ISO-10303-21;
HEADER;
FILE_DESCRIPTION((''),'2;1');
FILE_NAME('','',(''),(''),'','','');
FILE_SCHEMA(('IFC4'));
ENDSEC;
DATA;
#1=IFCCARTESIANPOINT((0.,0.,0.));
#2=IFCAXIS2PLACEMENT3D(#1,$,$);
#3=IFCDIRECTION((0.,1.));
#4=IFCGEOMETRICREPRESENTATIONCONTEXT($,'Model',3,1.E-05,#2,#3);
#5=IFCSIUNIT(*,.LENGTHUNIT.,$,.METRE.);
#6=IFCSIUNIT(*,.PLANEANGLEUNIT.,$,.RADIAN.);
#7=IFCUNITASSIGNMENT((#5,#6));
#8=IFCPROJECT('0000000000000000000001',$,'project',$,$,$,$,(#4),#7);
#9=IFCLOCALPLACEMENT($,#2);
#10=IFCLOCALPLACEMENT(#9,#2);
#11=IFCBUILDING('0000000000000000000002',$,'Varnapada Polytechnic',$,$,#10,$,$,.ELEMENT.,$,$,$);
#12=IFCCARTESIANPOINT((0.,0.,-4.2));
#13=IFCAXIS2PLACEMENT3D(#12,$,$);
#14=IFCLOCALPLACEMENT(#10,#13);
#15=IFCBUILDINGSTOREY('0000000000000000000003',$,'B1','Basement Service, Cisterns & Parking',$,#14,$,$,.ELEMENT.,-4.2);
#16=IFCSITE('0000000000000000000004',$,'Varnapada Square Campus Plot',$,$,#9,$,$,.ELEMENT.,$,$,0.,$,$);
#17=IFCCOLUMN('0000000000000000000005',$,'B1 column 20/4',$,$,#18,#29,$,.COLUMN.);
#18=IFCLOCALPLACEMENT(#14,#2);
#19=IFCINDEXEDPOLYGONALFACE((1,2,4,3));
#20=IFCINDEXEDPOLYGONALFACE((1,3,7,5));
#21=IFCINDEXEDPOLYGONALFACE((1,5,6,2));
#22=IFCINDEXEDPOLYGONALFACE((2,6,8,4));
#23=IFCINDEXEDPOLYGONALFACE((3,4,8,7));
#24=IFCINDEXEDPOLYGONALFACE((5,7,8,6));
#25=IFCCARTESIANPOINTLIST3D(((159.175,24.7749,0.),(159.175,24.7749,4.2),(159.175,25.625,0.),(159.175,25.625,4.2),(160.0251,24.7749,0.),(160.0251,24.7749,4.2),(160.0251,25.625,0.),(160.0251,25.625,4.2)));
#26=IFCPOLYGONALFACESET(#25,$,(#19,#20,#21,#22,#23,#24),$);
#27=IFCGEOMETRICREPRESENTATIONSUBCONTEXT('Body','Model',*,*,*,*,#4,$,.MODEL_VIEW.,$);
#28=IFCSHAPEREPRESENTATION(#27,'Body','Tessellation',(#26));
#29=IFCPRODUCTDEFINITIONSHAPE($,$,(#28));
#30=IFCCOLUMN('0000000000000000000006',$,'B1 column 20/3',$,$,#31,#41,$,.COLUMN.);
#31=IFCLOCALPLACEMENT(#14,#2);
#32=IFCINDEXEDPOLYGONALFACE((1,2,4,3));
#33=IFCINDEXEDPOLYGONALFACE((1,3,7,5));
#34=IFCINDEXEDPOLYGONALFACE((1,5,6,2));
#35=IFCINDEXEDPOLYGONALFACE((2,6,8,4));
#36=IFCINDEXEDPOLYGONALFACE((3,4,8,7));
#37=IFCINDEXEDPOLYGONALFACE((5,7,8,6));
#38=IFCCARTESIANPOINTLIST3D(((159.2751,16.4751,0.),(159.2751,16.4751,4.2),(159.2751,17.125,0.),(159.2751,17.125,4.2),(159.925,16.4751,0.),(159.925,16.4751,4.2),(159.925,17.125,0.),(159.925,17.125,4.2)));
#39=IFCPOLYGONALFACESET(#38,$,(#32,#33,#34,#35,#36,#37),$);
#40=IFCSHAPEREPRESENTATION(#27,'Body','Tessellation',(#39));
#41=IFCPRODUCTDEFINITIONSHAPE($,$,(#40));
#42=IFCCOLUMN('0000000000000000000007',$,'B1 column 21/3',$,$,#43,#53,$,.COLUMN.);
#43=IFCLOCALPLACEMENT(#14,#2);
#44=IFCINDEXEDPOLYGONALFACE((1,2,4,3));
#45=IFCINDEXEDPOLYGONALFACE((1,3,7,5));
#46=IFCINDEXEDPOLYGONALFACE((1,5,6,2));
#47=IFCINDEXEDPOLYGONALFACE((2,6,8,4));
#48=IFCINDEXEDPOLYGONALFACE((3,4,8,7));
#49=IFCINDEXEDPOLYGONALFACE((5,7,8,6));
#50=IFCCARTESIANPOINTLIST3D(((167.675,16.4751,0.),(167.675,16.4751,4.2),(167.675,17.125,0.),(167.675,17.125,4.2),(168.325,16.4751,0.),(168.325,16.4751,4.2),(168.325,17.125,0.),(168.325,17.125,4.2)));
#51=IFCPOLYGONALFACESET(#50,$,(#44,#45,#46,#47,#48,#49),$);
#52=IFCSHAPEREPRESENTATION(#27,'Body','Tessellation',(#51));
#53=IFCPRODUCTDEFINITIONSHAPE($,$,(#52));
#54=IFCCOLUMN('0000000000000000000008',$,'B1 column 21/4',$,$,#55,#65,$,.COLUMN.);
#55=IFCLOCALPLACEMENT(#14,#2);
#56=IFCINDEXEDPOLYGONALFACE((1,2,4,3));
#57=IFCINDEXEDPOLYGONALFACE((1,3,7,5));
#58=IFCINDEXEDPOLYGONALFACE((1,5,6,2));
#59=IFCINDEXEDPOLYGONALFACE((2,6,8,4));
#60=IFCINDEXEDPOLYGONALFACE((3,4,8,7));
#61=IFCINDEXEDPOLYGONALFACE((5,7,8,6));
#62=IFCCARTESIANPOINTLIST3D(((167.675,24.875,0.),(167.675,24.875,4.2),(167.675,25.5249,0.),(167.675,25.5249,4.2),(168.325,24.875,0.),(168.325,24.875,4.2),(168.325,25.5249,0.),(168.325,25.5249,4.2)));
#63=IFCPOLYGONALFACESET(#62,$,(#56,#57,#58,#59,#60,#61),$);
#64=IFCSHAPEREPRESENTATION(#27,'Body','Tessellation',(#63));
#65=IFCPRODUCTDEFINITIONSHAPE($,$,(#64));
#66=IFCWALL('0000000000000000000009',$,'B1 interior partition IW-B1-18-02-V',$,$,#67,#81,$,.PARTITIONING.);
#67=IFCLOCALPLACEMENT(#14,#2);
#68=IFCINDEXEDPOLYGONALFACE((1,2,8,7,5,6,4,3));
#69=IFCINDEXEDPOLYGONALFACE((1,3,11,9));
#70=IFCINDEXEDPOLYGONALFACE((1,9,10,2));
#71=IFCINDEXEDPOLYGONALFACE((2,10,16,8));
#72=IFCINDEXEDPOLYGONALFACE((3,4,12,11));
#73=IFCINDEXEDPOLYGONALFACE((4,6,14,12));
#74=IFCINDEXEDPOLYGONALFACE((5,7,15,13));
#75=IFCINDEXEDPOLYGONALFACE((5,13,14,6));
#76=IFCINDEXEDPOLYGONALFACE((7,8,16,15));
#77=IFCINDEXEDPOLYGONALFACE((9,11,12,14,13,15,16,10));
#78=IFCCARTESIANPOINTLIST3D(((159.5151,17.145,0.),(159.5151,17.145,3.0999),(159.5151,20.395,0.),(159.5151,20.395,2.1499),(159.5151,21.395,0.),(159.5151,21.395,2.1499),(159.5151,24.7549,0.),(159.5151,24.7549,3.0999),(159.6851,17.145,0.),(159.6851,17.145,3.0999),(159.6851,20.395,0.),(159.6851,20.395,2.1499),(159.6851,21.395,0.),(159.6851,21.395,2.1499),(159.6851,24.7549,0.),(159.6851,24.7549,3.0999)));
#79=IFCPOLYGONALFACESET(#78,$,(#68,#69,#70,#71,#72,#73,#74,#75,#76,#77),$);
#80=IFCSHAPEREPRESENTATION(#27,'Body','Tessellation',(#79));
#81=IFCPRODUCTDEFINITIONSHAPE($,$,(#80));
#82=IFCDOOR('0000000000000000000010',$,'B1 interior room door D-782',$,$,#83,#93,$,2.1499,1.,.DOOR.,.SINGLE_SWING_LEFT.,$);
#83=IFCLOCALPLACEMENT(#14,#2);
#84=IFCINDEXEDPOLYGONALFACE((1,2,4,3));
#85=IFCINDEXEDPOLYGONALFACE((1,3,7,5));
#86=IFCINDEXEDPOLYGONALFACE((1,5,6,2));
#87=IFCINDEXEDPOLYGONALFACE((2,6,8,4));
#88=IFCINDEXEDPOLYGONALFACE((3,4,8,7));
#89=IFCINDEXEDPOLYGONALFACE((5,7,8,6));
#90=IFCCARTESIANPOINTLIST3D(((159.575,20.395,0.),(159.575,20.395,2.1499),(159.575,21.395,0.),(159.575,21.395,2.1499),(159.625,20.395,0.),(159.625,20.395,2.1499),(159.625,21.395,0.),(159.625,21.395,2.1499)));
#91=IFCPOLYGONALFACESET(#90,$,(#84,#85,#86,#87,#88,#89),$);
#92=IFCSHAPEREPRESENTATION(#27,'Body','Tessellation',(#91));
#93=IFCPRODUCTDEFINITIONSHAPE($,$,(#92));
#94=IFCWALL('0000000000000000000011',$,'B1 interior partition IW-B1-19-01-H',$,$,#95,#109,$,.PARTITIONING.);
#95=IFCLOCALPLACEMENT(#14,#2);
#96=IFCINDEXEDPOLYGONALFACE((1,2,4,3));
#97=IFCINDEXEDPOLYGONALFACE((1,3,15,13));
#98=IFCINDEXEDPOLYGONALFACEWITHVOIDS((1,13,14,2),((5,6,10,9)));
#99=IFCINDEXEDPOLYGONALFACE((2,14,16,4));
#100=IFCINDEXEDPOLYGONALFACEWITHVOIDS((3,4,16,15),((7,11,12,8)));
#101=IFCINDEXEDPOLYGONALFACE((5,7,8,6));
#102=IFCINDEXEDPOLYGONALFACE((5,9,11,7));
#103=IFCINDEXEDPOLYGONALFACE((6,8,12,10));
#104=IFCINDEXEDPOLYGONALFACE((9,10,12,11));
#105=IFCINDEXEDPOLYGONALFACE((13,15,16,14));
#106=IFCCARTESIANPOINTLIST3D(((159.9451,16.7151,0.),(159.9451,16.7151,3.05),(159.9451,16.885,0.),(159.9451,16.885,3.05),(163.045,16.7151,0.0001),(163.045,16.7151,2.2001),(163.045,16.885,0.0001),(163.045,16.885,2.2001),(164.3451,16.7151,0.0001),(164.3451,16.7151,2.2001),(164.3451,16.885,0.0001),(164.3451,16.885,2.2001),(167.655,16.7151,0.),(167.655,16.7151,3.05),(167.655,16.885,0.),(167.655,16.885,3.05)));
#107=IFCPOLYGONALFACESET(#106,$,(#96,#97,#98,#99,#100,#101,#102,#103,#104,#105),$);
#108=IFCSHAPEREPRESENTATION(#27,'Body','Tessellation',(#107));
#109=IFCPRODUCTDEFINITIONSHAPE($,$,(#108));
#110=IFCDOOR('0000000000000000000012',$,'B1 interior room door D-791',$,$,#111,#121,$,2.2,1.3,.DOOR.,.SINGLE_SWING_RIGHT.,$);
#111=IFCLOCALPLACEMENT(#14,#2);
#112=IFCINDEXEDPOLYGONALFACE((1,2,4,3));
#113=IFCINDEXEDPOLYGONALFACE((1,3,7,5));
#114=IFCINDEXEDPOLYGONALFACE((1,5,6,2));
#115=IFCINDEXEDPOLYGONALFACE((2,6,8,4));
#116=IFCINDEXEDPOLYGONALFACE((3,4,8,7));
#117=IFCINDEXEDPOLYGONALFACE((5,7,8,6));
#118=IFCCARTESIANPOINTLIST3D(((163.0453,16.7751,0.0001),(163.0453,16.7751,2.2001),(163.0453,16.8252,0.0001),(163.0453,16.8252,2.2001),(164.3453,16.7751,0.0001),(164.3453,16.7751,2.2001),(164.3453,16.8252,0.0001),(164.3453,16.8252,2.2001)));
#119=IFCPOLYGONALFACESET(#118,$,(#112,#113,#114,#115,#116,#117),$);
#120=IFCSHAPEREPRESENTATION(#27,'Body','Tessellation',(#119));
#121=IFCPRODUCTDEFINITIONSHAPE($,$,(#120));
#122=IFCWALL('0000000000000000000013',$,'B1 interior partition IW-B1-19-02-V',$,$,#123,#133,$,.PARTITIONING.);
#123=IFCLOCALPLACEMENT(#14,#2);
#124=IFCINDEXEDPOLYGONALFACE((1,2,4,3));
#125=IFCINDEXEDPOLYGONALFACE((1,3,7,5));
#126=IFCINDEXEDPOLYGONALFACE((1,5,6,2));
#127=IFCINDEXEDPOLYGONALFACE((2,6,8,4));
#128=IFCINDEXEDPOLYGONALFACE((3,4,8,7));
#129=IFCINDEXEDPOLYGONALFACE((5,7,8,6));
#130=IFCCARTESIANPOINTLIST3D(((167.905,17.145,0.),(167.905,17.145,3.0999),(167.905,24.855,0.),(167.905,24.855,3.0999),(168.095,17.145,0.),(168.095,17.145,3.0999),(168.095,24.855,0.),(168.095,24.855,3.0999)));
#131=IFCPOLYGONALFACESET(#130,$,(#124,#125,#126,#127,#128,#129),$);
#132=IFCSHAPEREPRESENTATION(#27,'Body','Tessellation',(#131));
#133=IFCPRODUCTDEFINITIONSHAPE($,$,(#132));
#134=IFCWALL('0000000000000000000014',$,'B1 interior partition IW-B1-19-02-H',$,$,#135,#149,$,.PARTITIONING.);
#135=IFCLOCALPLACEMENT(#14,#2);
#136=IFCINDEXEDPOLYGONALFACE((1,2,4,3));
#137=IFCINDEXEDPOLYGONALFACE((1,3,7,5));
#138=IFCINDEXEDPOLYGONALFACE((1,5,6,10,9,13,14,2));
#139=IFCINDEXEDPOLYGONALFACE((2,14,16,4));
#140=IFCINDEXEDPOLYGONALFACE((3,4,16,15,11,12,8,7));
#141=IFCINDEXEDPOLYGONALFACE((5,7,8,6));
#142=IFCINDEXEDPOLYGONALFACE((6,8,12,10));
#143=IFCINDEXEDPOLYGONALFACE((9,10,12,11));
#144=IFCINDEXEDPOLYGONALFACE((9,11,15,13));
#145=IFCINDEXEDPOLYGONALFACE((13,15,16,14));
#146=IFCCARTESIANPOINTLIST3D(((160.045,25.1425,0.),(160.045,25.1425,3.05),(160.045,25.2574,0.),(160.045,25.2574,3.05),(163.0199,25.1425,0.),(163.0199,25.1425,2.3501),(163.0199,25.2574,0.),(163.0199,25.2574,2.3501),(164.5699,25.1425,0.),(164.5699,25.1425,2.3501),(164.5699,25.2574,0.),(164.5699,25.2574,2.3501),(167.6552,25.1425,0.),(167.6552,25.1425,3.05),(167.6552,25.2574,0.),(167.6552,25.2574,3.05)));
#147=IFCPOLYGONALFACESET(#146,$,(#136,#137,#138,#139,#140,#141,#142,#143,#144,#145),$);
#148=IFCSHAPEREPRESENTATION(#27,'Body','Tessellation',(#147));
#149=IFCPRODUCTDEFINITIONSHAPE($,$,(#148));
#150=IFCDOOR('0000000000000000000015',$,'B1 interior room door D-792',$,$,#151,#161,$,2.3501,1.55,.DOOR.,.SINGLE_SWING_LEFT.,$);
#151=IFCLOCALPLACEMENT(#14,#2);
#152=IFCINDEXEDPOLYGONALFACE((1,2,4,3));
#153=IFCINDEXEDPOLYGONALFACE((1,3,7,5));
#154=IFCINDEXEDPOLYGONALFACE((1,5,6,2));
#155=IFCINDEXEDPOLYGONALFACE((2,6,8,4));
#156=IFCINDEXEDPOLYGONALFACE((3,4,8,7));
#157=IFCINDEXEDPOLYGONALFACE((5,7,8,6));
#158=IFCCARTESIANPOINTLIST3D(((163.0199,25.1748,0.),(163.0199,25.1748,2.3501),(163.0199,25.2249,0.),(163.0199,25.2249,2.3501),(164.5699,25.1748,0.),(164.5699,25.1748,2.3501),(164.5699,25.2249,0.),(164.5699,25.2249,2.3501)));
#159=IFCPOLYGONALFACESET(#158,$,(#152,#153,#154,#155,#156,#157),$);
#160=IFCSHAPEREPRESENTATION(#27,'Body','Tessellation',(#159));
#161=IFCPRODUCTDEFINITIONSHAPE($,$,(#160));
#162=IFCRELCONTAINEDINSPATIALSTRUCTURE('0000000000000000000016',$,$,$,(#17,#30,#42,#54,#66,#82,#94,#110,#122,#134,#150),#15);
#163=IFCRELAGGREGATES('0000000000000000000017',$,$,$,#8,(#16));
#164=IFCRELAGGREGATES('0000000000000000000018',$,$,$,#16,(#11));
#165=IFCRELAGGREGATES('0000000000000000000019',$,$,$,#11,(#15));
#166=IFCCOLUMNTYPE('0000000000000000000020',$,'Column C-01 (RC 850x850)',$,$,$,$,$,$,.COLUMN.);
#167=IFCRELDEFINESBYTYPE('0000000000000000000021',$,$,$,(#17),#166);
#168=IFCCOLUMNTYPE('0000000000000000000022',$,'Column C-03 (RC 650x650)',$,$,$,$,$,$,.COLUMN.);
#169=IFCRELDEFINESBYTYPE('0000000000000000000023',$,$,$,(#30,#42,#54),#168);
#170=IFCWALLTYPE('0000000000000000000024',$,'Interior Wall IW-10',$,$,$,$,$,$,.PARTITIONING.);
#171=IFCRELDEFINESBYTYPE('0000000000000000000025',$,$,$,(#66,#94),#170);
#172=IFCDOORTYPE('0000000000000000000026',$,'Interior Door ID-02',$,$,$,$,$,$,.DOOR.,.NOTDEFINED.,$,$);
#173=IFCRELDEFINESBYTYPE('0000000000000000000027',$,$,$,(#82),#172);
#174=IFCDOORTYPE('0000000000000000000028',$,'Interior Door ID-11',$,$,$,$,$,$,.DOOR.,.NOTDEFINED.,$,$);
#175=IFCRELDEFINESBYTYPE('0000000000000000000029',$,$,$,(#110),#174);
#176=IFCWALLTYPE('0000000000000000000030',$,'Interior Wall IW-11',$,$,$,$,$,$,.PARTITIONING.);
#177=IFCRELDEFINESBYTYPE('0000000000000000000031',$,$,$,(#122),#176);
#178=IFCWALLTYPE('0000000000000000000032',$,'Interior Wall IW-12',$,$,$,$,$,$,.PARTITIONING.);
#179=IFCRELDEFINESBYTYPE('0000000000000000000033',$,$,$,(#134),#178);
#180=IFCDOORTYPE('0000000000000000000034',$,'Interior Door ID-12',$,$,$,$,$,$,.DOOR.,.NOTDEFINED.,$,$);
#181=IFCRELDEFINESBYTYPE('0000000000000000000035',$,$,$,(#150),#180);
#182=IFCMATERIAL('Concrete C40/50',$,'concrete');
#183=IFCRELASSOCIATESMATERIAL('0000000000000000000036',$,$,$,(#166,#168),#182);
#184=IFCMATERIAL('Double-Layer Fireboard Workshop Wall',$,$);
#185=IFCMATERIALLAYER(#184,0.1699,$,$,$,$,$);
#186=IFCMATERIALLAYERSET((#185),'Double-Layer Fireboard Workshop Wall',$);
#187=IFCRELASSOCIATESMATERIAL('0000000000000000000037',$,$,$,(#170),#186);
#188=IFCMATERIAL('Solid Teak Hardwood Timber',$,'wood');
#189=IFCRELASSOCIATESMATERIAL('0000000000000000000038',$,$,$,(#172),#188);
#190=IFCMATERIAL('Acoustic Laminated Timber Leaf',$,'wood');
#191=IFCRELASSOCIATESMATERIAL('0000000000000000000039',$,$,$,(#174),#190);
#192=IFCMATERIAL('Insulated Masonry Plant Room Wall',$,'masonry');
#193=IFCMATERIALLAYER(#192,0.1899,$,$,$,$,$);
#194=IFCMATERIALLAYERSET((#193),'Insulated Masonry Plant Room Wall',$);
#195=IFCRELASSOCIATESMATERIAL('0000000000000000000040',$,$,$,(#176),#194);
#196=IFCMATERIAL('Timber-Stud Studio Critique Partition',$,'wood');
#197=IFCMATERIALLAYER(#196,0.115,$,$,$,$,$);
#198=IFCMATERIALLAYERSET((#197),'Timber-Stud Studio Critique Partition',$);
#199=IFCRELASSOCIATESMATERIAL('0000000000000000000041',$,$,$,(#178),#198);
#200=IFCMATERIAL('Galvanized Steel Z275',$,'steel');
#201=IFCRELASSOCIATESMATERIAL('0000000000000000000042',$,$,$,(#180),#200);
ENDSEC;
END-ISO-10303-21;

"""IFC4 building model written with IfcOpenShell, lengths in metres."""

from ifc_helpers import new_model, si_unit, direction, frame, frame_2d, origin, origin_2d, place, context, subcontext, project, spatial, rectangle, extrude, material, layer, layer_set, material_profile, profile_set, type_object, element, fill, save


model = new_model("IFC4")

# Units and contexts
model_context = context("Model", 3, precision=1e-05, world=origin(), true_north=direction((0.0, 1.0)))
body_context = subcontext(model_context, "Body", "Model", "MODEL_VIEW")
ifc_project = project(units=[si_unit("LENGTHUNIT", "METRE"), si_unit("PLANEANGLEUNIT", "RADIAN")], contexts=[model_context])

# Site, building, storey
site_placement = place(None, origin())
site = spatial("IfcSite", under=ifc_project, at=site_placement, Name="Varnapada Square Campus Plot", CompositionType="ELEMENT", RefElevation=0.0)
building_placement = place(site_placement, origin())
building = spatial("IfcBuilding", under=site, at=building_placement, Name="Varnapada Polytechnic", CompositionType="ELEMENT")
storey_placement = place(building_placement, frame((0.0, 0.0, -4.2)))
storey = spatial("IfcBuildingStorey", under=building, at=storey_placement, Name="B1", Description="Basement Service, Cisterns & Parking", CompositionType="ELEMENT", Elevation=-4.2)

# Shared definitions
ifc_material_1 = material(Name="Concrete C40/50", Category="concrete")

# Columns
ifc_material_profile_1 = material_profile(ifc_material_1, rectangle(XDim=0.8501, YDim=0.8501, at=origin_2d()), Name="RC 850x850")
ifc_profile_set_1 = profile_set([ifc_material_profile_1], Name="Concrete C40/50")
column_type_1 = type_object("IfcColumnType", Name="Column C-01 (RC 850x850)", PredefinedType="COLUMN", material=ifc_profile_set_1)
column_placement = place(storey_placement, frame((159.6001, 25.2, 0.0), z_axis=(0.0, 0.0, 1.0), x_axis=(1.0, 0.0, 0.0)))
element("IfcColumn", 1, at=column_placement, inside=storey, type_object=column_type_1, Name="B1 column 20/4", PredefinedType="COLUMN", context=body_context, shape_type="SweptSolid", body=[
    extrude(rectangle(XDim=0.8501, YDim=0.8501, at=origin_2d()), origin(), (0.0, 0.0, 1.0), 4.2),
])
ifc_material_profile_2 = material_profile(ifc_material_1, rectangle(XDim=0.6499, YDim=0.6499, at=origin_2d()), Name="RC 650x650")
ifc_profile_set_2 = profile_set([ifc_material_profile_2], Name="Concrete C40/50")
column_type_2 = type_object("IfcColumnType", Name="Column C-03 (RC 650x650)", PredefinedType="COLUMN", material=ifc_profile_set_2)
for number, where, z_axis, x_axis, name in (
    (2, (159.6001, 16.8, 0.0), (0.0, 0.0, 1.0), (1.0, 0.0, 0.0), "B1 column 20/3"),
    (3, (168.0, 16.8, 0.0), (0.0, 0.0, 1.0), (1.0, 0.0, 0.0), "B1 column 21/3"),
    (4, (168.0, 25.2, 0.0), (0.0, 0.0, 1.0), (1.0, 0.0, 0.0), "B1 column 21/4"),
):
    element("IfcColumn", number, at=place(storey_placement, frame(where, z_axis=z_axis, x_axis=x_axis)), inside=storey, type_object=column_type_2, Name=name, PredefinedType="COLUMN", context=body_context, shape_type="SweptSolid", body=[
        extrude(rectangle(XDim=0.6499, YDim=0.6499, at=origin_2d()), origin(), (0.0, 0.0, 1.0), 4.2),
    ])

# Walls, openings, doors
ifc_material_2 = material(Name="Double-Layer Fireboard Workshop Wall")
ifc_layer_1 = layer(ifc_material_2, 0.1699)
ifc_layer_set_1 = layer_set([ifc_layer_1], Name="Double-Layer Fireboard Workshop Wall")
wall_type_1 = type_object("IfcWallType", Name="Interior Wall IW-10", PredefinedType="PARTITIONING", material=ifc_layer_set_1)
wall_1_placement = place(storey_placement, frame((159.6001, 17.145, 0.0), z_axis=(0.0, 0.0, 1.0), x_axis=(0.0, 1.0, 0.0)))
wall_1 = element("IfcWall", 5, at=wall_1_placement, inside=storey, type_object=wall_type_1, Name="B1 interior partition IW-B1-18-02-V", PredefinedType="PARTITIONING", context=body_context, shape_type="SweptSolid", body=[
    extrude(rectangle(XDim=7.6099, YDim=0.1699, at=frame_2d((3.8049, 0.0))), origin(), (0.0, 0.0, 1.0), 3.0999),
])
opening_1_placement = place(wall_1_placement, frame((3.25, 0.0, 0.0)))
opening_1 = element("IfcOpeningElement", 6, at=opening_1_placement, cuts=wall_1, PredefinedType="OPENING", context=body_context, shape_type="SweptSolid", body=[
    extrude(rectangle(XDim=1.0, YDim=2.1499, at=frame_2d((0.5, 1.075))), frame((0.0, 0.095, 0.0), z_axis=(0.0, -1.0, 0.0), x_axis=(1.0, 0.0, 0.0)), (0.0, 0.0, 1.0), 0.1899),
])
ifc_material_3 = material(Name="Solid Teak Hardwood Timber", Category="wood")
door_type_1 = type_object("IfcDoorType", Name="Interior Door ID-02", OperationType="NOTDEFINED", PredefinedType="DOOR", material=ifc_material_3)
door_1_placement = place(opening_1_placement, frame((1.0, 0.0, 0.0), z_axis=(0.0, 0.0, 1.0), x_axis=(-1.0, 0.0, 0.0)))
door_1 = element("IfcDoor", 7, at=door_1_placement, inside=storey, type_object=door_type_1, Name="B1 interior room door D-782", OperationType="SINGLE_SWING_LEFT", OverallHeight=2.1499, OverallWidth=1.0, PredefinedType="DOOR", context=body_context, shape_type="SweptSolid", body=[
    extrude(rectangle(XDim=1.0, YDim=2.1499, at=frame_2d((0.5, 1.075))), frame((0.0, 0.0249, 0.0), z_axis=(0.0, -1.0, 0.0), x_axis=(1.0, 0.0, 0.0)), (0.0, 0.0, 1.0), 0.05),
])
fill(opening_1, door_1)
wall_2_placement = place(storey_placement, frame((159.9451, 16.8, 0.0), z_axis=(0.0, 0.0, 1.0), x_axis=(1.0, 0.0, 0.0)))
wall_2 = element("IfcWall", 8, at=wall_2_placement, inside=storey, type_object=wall_type_1, Name="B1 interior partition IW-B1-19-01-H", PredefinedType="PARTITIONING", context=body_context, shape_type="SweptSolid", body=[
    extrude(rectangle(XDim=7.71, YDim=0.1699, at=frame_2d((3.855, 0.0))), origin(), (0.0, 0.0, 1.0), 3.05),
])
opening_2_placement = place(wall_2_placement, frame((3.1001, 0.0, 0.0)))
opening_2 = element("IfcOpeningElement", 9, at=opening_2_placement, cuts=wall_2, PredefinedType="OPENING", context=body_context, shape_type="SweptSolid", body=[
    extrude(rectangle(XDim=1.3, YDim=2.2, at=frame_2d((0.6499, 1.1001))), frame((0.0, 0.095, 0.0), z_axis=(0.0, -1.0, 0.0), x_axis=(1.0, 0.0, 0.0)), (0.0, 0.0, 1.0), 0.1899),
])
ifc_material_4 = material(Name="Acoustic Laminated Timber Leaf", Category="wood")
door_type_2 = type_object("IfcDoorType", Name="Interior Door ID-11", OperationType="NOTDEFINED", PredefinedType="DOOR", material=ifc_material_4)
door_2_placement = place(opening_2_placement, frame((1.3, 0.0, 0.0), z_axis=(0.0, 0.0, 1.0), x_axis=(-1.0, 0.0, 0.0)))
door_2 = element("IfcDoor", 10, at=door_2_placement, inside=storey, type_object=door_type_2, Name="B1 interior room door D-791", OperationType="SINGLE_SWING_RIGHT", OverallHeight=2.2, OverallWidth=1.3, PredefinedType="DOOR", context=body_context, shape_type="SweptSolid", body=[
    extrude(rectangle(XDim=1.3, YDim=2.2, at=frame_2d((0.6499, 1.1001))), frame((0.0, 0.0249, 0.0), z_axis=(0.0, -1.0, 0.0), x_axis=(1.0, 0.0, 0.0)), (0.0, 0.0, 1.0), 0.05),
])
fill(opening_2, door_2)

# Wall
ifc_material_5 = material(Name="Insulated Masonry Plant Room Wall", Category="masonry")
ifc_layer_2 = layer(ifc_material_5, 0.1899)
ifc_layer_set_2 = layer_set([ifc_layer_2], Name="Insulated Masonry Plant Room Wall")
wall_type_2 = type_object("IfcWallType", Name="Interior Wall IW-11", PredefinedType="PARTITIONING", material=ifc_layer_set_2)
wall_3_placement = place(storey_placement, frame((168.0, 17.145, 0.0), z_axis=(0.0, 0.0, 1.0), x_axis=(0.0, 1.0, 0.0)))
element("IfcWall", 11, at=wall_3_placement, inside=storey, type_object=wall_type_2, Name="B1 interior partition IW-B1-19-02-V", PredefinedType="PARTITIONING", context=body_context, shape_type="SweptSolid", body=[
    extrude(rectangle(XDim=7.71, YDim=0.1899, at=frame_2d((3.855, 0.0))), origin(), (0.0, 0.0, 1.0), 3.0999),
])

# Wall, opening, door
ifc_material_6 = material(Name="Timber-Stud Studio Critique Partition", Category="wood")
ifc_layer_3 = layer(ifc_material_6, 0.115)
ifc_layer_set_3 = layer_set([ifc_layer_3], Name="Timber-Stud Studio Critique Partition")
wall_type_3 = type_object("IfcWallType", Name="Interior Wall IW-12", PredefinedType="PARTITIONING", material=ifc_layer_set_3)
wall_4_placement = place(storey_placement, frame((160.0449, 25.2, 0.0), z_axis=(0.0, 0.0, 1.0), x_axis=(1.0, 0.0, 0.0)))
wall_4 = element("IfcWall", 12, at=wall_4_placement, inside=storey, type_object=wall_type_3, Name="B1 interior partition IW-B1-19-02-H", PredefinedType="PARTITIONING", context=body_context, shape_type="SweptSolid", body=[
    extrude(rectangle(XDim=7.6101, YDim=0.115, at=frame_2d((3.8052, 0.0))), origin(), (0.0, 0.0, 1.0), 3.05),
])
opening_3_placement = place(wall_4_placement, frame((2.9751, 0.0, 0.0)))
opening_3 = element("IfcOpeningElement", 13, at=opening_3_placement, cuts=wall_4, PredefinedType="OPENING", context=body_context, shape_type="SweptSolid", body=[
    extrude(rectangle(XDim=1.55, YDim=2.3501, at=frame_2d((0.7749, 1.175))), frame((0.0, 0.0674, 0.0), z_axis=(0.0, -1.0, 0.0), x_axis=(1.0, 0.0, 0.0)), (0.0, 0.0, 1.0), 0.135),
])
ifc_material_7 = material(Name="Galvanized Steel Z275", Category="steel")
door_type_3 = type_object("IfcDoorType", Name="Interior Door ID-12", OperationType="NOTDEFINED", PredefinedType="DOOR", material=ifc_material_7)
door_3_placement = place(opening_3_placement, origin())
door_3 = element("IfcDoor", 14, at=door_3_placement, inside=storey, type_object=door_type_3, Name="B1 interior room door D-792", OperationType="SINGLE_SWING_LEFT", OverallHeight=2.3501, OverallWidth=1.55, PredefinedType="DOOR", context=body_context, shape_type="SweptSolid", body=[
    extrude(rectangle(XDim=1.55, YDim=2.3501, at=frame_2d((0.7749, 1.175))), frame((0.0, 0.0249, 0.0), z_axis=(0.0, -1.0, 0.0), x_axis=(1.0, 0.0, 0.0)), (0.0, 0.0, 1.0), 0.05),
])
fill(opening_3, door_3)

save(model, "model.ifc")
